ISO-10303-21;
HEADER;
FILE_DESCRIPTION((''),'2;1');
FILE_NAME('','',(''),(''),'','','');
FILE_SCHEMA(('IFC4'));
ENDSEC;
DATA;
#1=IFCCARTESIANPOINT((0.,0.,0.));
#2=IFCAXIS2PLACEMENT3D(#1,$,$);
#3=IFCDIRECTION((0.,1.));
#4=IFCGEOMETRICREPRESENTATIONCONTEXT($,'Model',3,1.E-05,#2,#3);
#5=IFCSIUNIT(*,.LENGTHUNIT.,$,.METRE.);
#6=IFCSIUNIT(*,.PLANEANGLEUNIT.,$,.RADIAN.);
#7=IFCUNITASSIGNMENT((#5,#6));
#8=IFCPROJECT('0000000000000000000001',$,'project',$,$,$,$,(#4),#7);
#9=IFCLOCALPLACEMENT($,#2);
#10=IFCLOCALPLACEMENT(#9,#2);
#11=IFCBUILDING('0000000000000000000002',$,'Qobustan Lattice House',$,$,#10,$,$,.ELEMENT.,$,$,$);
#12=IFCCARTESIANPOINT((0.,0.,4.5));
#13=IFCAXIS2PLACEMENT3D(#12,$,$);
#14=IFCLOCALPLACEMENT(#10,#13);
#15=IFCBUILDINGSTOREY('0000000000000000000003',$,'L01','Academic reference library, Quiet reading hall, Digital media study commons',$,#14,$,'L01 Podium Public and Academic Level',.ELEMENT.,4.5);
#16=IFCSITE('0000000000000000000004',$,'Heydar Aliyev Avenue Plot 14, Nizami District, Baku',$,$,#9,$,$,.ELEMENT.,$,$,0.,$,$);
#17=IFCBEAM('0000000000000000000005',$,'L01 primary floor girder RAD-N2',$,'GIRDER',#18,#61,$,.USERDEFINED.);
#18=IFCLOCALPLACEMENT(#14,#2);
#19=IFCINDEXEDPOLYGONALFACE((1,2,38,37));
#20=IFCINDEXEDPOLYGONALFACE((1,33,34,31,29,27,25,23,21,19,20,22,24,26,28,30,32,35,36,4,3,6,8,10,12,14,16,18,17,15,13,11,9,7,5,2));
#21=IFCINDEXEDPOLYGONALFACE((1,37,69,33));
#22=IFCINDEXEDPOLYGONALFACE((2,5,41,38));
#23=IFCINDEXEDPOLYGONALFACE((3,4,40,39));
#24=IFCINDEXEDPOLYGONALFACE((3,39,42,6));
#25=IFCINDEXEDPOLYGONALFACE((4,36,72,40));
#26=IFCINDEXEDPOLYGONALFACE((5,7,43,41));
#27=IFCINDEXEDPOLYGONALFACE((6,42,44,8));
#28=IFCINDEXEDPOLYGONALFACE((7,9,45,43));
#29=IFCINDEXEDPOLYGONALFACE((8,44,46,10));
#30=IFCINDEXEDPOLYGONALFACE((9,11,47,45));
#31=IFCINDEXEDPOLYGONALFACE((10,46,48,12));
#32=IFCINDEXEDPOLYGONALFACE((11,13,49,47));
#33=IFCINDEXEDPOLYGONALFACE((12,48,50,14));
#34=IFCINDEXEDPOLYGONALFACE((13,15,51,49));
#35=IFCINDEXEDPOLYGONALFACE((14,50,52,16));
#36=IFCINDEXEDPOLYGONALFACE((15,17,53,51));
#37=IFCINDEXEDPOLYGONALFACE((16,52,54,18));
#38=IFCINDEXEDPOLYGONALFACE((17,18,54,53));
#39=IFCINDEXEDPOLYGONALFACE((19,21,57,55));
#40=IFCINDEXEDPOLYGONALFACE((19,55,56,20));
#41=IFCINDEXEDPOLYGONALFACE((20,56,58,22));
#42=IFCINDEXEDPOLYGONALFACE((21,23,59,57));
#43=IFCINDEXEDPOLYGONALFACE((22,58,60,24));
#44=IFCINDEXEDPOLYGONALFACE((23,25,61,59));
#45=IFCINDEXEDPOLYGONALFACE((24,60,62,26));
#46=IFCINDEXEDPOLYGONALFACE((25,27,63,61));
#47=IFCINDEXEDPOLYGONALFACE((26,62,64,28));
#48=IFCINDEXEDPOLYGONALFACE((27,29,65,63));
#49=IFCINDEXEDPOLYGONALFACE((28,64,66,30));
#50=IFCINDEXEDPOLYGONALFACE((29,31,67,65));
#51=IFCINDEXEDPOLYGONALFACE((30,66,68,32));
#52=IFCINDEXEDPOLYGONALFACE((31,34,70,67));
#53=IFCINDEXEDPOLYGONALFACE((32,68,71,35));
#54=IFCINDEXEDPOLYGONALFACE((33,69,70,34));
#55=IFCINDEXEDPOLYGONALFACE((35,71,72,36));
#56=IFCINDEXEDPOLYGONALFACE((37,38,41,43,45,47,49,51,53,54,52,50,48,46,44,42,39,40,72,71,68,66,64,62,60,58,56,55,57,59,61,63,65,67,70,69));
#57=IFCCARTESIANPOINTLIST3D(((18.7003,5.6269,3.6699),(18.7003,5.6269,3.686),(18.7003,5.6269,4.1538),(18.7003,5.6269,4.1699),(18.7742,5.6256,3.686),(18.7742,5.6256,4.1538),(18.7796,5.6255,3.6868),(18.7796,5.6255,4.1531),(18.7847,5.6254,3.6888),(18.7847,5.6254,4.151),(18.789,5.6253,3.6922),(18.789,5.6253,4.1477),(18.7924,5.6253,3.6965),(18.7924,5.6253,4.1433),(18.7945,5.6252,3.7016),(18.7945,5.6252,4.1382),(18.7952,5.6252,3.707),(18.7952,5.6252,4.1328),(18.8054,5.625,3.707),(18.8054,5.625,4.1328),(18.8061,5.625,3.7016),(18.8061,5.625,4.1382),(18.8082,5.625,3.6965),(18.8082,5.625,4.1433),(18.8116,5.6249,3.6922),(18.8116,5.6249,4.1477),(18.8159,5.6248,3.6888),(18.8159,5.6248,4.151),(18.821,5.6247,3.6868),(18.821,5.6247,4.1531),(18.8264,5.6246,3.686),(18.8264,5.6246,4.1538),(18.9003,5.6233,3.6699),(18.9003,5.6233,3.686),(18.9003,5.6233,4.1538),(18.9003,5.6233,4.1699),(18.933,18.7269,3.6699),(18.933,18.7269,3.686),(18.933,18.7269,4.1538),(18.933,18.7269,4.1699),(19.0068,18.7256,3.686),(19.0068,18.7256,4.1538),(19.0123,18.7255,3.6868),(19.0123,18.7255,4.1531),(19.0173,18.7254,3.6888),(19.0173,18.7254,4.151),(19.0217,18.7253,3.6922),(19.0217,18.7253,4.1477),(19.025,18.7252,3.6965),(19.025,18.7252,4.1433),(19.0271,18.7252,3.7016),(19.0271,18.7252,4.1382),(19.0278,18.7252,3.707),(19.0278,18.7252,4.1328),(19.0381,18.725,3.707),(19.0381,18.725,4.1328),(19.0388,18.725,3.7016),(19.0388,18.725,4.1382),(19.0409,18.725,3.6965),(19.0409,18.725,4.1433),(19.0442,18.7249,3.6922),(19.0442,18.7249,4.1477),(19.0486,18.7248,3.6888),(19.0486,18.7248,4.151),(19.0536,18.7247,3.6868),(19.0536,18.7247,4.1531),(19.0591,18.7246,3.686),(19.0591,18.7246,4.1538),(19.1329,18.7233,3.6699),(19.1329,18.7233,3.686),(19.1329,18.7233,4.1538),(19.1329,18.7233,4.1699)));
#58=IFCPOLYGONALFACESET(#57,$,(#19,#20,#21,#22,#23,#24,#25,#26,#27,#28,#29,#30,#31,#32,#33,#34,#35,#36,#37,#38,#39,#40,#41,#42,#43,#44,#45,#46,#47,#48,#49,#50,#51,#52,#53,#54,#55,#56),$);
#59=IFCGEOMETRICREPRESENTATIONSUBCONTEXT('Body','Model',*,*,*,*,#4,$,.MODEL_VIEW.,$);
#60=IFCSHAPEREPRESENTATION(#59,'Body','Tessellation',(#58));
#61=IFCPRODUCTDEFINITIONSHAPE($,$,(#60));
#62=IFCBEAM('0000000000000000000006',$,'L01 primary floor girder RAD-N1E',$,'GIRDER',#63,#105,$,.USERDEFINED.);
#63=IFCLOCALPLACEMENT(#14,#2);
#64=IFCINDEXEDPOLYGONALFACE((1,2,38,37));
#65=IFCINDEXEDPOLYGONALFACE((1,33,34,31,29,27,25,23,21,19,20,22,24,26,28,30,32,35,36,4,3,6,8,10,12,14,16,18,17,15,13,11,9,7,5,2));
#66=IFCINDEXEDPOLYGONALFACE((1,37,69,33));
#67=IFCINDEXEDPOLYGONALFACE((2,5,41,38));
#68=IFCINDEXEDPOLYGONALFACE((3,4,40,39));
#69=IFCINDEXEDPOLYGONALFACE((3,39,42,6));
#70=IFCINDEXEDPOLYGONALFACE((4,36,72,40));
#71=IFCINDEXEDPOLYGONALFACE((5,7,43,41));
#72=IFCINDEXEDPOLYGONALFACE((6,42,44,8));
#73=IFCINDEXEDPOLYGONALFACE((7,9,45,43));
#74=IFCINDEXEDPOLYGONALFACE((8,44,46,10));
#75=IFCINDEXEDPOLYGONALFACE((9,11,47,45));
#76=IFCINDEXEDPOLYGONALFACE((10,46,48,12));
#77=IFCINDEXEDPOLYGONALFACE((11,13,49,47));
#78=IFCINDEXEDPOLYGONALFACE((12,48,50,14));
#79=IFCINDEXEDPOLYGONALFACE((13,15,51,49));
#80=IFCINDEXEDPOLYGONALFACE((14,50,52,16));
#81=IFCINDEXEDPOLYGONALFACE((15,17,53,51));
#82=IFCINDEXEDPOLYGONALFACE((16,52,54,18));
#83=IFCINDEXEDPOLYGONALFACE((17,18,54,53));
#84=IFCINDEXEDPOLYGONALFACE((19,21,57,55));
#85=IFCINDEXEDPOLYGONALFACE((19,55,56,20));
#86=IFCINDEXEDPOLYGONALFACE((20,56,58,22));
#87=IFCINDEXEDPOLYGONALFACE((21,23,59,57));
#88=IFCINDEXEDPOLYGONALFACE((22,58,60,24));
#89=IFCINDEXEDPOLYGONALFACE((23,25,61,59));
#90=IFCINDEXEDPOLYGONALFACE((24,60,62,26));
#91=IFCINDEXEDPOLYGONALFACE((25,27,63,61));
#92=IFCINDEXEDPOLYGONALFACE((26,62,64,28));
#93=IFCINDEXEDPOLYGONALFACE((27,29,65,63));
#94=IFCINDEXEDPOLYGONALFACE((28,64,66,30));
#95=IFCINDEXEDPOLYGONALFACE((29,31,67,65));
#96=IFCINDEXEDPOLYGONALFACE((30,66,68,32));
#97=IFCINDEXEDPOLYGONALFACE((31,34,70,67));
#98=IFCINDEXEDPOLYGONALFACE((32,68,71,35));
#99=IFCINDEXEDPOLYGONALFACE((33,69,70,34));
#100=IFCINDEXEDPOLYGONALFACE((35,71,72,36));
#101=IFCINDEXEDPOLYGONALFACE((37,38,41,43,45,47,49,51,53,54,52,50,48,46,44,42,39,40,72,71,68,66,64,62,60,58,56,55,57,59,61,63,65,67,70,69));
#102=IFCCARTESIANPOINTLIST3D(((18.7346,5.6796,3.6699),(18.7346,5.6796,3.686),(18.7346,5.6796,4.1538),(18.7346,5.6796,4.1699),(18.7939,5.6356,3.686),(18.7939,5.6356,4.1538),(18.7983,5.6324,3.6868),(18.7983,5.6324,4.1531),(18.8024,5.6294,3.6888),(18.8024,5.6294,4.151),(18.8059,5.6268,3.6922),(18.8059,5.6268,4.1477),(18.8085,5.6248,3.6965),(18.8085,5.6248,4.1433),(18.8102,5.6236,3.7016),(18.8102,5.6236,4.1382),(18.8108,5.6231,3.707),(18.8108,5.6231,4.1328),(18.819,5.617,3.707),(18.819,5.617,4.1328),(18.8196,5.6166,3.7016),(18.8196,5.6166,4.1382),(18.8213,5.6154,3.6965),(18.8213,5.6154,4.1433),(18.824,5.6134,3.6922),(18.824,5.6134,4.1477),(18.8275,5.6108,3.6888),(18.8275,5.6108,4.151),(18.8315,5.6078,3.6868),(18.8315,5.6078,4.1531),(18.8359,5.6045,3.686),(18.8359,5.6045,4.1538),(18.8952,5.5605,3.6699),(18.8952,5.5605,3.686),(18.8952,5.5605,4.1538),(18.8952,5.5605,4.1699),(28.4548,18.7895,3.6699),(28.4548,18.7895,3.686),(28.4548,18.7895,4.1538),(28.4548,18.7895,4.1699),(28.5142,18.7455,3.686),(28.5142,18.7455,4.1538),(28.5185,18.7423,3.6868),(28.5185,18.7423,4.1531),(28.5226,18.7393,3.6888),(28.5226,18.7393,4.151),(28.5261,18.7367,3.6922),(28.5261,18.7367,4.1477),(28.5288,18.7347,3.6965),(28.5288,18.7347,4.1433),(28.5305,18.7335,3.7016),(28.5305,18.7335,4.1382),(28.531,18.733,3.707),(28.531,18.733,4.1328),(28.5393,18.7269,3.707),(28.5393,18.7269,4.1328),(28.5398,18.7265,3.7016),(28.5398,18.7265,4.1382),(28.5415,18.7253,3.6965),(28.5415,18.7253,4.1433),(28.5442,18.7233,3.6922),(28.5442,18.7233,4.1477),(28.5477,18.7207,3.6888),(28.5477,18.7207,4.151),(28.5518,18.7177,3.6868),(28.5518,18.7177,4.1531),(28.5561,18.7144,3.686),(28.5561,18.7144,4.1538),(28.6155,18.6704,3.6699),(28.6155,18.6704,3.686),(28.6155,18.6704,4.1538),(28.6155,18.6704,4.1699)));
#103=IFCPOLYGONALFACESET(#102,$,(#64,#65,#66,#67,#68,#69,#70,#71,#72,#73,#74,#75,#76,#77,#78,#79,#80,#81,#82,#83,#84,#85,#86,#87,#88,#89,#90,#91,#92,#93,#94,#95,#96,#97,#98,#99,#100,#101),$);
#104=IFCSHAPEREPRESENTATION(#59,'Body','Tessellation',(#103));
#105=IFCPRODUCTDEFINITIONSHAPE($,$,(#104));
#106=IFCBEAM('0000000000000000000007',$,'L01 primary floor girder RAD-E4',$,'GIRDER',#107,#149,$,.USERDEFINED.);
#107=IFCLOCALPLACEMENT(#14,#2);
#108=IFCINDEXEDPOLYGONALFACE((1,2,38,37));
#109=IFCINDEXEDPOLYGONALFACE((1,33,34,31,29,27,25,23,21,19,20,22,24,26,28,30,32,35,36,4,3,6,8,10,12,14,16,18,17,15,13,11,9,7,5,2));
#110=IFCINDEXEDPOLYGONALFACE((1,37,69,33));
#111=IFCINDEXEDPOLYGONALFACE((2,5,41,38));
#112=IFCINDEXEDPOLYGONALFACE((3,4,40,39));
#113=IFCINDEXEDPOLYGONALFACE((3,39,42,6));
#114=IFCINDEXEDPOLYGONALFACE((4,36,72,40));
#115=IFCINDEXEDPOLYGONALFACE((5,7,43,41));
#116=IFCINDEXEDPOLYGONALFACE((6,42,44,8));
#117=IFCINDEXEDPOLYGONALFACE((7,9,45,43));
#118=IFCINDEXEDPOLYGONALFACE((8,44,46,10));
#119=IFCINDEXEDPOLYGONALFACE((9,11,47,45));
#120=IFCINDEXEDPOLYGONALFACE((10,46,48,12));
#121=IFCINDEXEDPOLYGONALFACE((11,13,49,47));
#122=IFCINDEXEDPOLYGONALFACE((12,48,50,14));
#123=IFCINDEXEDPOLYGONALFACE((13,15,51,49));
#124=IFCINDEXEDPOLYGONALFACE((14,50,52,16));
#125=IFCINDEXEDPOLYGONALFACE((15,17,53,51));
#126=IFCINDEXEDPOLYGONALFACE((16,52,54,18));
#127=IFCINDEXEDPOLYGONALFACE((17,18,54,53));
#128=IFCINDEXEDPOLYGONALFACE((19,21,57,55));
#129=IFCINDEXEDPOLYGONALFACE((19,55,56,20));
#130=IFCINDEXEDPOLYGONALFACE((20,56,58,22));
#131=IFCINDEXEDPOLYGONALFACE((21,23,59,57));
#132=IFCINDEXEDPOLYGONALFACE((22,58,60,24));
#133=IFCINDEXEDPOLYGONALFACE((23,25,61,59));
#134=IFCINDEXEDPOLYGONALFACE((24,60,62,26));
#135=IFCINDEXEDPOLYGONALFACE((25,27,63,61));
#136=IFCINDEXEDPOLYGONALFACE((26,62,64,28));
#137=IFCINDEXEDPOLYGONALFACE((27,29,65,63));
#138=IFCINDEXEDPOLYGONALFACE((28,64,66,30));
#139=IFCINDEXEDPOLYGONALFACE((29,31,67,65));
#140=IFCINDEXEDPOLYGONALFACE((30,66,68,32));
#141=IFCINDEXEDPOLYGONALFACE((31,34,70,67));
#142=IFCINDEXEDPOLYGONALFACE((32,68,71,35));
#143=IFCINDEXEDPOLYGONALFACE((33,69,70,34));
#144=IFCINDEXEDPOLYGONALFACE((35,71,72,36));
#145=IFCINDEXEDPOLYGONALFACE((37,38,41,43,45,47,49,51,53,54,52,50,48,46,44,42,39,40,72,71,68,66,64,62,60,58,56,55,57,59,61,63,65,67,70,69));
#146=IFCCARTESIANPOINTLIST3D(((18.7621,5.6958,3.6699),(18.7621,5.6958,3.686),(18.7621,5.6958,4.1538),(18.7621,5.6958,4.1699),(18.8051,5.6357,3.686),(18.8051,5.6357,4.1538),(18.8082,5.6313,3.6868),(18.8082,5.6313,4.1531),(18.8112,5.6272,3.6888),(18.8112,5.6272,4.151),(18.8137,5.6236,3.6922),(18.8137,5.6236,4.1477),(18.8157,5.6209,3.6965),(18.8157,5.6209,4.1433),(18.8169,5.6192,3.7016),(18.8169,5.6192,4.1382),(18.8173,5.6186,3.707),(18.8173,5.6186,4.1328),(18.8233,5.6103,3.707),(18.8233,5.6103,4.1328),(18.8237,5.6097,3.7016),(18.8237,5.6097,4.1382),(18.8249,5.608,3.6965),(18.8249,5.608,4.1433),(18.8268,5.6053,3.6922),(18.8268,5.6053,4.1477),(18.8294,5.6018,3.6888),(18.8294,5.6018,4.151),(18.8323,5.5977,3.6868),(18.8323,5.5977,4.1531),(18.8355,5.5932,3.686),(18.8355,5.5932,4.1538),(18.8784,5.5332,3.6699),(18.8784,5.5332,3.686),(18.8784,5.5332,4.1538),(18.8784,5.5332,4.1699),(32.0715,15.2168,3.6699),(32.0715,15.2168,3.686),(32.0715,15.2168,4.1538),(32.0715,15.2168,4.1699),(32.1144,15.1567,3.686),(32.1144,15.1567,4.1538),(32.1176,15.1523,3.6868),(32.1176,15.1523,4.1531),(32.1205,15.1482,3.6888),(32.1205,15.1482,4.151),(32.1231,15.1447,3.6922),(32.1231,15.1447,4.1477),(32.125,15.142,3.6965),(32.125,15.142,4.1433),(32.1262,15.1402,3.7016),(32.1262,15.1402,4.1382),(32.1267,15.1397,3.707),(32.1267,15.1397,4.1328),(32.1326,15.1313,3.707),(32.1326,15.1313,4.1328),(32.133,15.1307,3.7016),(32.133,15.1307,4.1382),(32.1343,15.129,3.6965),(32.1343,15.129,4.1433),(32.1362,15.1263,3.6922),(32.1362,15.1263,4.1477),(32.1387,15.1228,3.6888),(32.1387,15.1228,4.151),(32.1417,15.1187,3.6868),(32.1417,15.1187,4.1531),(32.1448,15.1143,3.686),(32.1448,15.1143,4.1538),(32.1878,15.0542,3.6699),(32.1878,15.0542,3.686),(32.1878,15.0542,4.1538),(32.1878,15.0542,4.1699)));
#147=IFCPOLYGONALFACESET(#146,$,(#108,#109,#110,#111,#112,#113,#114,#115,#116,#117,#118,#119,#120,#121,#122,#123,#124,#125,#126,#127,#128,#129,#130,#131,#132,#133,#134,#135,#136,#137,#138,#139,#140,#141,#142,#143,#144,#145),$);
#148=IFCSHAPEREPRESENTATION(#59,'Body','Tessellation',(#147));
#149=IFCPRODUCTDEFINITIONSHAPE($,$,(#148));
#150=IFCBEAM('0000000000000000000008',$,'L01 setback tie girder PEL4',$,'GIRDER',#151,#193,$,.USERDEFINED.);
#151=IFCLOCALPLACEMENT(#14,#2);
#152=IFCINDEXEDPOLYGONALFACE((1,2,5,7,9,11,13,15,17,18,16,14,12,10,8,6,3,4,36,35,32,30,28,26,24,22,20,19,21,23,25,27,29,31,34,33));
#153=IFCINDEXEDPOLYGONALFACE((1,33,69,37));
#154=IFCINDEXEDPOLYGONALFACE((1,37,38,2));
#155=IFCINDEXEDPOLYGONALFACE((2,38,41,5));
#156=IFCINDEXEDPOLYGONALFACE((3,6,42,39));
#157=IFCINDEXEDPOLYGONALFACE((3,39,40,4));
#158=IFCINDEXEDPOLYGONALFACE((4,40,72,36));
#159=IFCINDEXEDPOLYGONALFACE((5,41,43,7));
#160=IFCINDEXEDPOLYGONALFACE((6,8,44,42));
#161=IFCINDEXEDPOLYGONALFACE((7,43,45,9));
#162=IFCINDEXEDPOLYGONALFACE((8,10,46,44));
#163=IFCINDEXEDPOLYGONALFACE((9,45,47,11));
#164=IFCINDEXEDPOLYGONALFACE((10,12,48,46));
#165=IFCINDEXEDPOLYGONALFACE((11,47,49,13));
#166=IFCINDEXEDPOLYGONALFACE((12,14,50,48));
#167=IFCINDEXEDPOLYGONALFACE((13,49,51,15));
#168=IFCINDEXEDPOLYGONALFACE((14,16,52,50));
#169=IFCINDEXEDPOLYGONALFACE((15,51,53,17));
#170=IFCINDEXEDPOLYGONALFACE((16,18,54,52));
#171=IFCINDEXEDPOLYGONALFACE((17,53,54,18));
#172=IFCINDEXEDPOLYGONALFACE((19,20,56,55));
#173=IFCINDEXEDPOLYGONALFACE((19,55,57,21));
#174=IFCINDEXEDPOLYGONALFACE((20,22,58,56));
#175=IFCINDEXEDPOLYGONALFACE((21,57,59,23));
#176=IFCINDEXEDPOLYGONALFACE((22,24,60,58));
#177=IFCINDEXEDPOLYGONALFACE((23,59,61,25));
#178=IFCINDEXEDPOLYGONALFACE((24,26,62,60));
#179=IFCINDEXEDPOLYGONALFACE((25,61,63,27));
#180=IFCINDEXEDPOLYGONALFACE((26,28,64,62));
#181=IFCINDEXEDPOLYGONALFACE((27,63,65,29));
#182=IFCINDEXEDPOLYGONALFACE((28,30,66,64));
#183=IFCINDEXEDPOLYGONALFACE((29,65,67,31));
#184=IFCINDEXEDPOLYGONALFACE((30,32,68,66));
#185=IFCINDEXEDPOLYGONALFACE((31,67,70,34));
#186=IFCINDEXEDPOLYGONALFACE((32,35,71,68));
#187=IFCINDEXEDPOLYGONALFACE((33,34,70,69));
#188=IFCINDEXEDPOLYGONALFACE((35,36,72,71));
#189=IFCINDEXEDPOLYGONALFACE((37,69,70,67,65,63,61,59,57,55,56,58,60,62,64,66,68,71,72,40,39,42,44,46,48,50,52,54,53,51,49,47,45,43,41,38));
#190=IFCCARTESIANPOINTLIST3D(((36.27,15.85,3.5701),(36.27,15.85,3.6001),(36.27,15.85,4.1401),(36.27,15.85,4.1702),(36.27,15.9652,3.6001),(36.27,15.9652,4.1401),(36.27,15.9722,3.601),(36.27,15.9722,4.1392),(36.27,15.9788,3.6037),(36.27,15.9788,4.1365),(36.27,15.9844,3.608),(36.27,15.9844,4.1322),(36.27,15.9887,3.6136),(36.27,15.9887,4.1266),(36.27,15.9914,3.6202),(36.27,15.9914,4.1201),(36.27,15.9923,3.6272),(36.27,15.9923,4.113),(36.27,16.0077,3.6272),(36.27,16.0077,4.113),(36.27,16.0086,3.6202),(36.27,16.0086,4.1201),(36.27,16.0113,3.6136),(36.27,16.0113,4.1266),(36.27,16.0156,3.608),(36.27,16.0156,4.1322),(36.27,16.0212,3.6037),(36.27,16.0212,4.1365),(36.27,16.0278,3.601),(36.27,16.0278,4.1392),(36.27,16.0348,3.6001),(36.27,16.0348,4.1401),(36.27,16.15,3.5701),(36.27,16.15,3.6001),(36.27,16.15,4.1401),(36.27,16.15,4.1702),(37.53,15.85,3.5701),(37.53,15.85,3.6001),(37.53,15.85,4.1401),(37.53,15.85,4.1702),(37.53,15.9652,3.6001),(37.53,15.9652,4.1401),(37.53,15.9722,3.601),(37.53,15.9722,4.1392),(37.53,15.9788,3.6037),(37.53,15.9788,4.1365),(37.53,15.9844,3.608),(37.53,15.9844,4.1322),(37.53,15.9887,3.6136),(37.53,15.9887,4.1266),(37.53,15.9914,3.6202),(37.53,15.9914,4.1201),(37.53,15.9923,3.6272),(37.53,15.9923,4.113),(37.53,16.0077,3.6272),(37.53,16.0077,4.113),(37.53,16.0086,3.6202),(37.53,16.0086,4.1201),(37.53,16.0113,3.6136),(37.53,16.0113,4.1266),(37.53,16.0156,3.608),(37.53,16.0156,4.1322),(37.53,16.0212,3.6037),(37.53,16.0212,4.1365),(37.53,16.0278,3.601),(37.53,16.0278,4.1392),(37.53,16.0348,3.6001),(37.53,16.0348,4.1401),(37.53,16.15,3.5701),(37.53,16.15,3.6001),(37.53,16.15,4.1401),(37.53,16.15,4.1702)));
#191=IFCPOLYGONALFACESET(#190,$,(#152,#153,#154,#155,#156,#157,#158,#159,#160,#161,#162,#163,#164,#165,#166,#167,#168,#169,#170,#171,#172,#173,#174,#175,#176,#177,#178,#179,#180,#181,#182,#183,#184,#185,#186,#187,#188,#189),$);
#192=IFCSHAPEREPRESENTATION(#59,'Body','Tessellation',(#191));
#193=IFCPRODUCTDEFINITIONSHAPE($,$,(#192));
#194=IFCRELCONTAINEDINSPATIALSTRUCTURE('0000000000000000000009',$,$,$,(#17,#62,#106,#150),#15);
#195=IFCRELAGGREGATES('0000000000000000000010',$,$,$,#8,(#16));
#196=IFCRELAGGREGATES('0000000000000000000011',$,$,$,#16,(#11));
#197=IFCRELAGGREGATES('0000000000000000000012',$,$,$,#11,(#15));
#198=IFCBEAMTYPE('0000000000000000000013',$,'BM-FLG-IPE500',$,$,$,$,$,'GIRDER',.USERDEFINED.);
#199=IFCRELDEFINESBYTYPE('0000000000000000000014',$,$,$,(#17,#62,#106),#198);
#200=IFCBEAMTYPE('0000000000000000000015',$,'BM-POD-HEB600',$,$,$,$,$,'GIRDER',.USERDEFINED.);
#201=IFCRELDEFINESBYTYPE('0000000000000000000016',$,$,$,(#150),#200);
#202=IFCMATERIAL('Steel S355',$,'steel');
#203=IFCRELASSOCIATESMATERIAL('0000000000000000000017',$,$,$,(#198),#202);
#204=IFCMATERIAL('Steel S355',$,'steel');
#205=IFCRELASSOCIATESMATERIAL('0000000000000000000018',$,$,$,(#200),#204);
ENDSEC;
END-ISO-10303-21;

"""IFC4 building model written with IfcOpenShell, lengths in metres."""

from ifc_helpers import new_model, si_unit, direction, frame, origin, origin_2d, place, context, subcontext, project, spatial, i_section, extrude, material, material_profile, profile_set, type_object, element, save


model = new_model("IFC4")

# Units and contexts
model_context = context("Model", 3, precision=1e-05, world=origin(), true_north=direction((0.0, 1.0)))
body_context = subcontext(model_context, "Body", "Model", "MODEL_VIEW")
ifc_project = project(units=[si_unit("LENGTHUNIT", "METRE"), si_unit("PLANEANGLEUNIT", "RADIAN")], contexts=[model_context])

# Site, building, storey
site_placement = place(None, origin())
site = spatial("IfcSite", under=ifc_project, at=site_placement, Name="Heydar Aliyev Avenue Plot 14, Nizami District, Baku", CompositionType="ELEMENT", RefElevation=0.0)
building_placement = place(site_placement, origin())
building = spatial("IfcBuilding", under=site, at=building_placement, Name="Qobustan Lattice House", CompositionType="ELEMENT")
storey_placement = place(building_placement, frame((0.0, 0.0, 4.5)))
storey = spatial("IfcBuildingStorey", under=building, at=storey_placement, Name="L01", Description="Academic reference library, Quiet reading hall, Digital media study commons", LongName="L01 Podium Public and Academic Level", CompositionType="ELEMENT", Elevation=4.5)

# Beams
ifc_material_1 = material(Name="Steel S355", Category="steel")
ifc_material_profile_1 = material_profile(ifc_material_1, i_section(OverallWidth=0.2, OverallDepth=0.5, WebThickness=0.0103, FlangeThickness=0.0161, FilletRadius=0.021, at=origin_2d()), Name="IPE500")
ifc_profile_set_1 = profile_set([ifc_material_profile_1], Name="Steel S355")
beam_type_1 = type_object("IfcBeamType", Name="BM-FLG-IPE500", ElementType="GIRDER", PredefinedType="USERDEFINED", material=ifc_profile_set_1)
beam_1_placement = place(storey_placement, frame((19.033, 18.7251, 3.9199), z_axis=(-0.017758, -0.999842, 0.0), x_axis=(0.999842, -0.017758, 0.0)))
element("IfcBeam", 1, at=beam_1_placement, inside=storey, type_object=beam_type_1, Name="L01 primary floor girder RAD-N2", ObjectType="GIRDER", PredefinedType="USERDEFINED", context=body_context, shape_type="SweptSolid", body=[
    extrude(i_section(OverallWidth=0.2, OverallDepth=0.5, WebThickness=0.0103, FlangeThickness=0.0161, FilletRadius=0.021, at=origin_2d()), origin(), (0.0, 0.0, 1.0), 13.1021),
])
beam_2_placement = place(storey_placement, frame((28.5352, 18.73, 3.9199), z_axis=(-0.595592, -0.803287, 0.0), x_axis=(0.803287, -0.595592, 0.0)))
element("IfcBeam", 2, at=beam_2_placement, inside=storey, type_object=beam_type_1, Name="L01 primary floor girder RAD-N1E", ObjectType="GIRDER", PredefinedType="USERDEFINED", context=body_context, shape_type="SweptSolid", body=[
    extrude(i_section(OverallWidth=0.2, OverallDepth=0.5, WebThickness=0.0103, FlangeThickness=0.0161, FilletRadius=0.021, at=origin_2d()), origin(), (0.0, 0.0, 1.0), 16.3203),
])
beam_3_placement = place(storey_placement, frame((32.1296, 15.1355, 3.9199), z_axis=(-0.813319, -0.581818, 0.0), x_axis=(0.581818, -0.813319, 0.0)))
element("IfcBeam", 3, at=beam_3_placement, inside=storey, type_object=beam_type_1, Name="L01 primary floor girder RAD-E4", ObjectType="GIRDER", PredefinedType="USERDEFINED", context=body_context, shape_type="SweptSolid", body=[
    extrude(i_section(OverallWidth=0.2, OverallDepth=0.5, WebThickness=0.0103, FlangeThickness=0.0161, FilletRadius=0.021, at=origin_2d()), origin(), (0.0, 0.0, 1.0), 16.3643),
])
ifc_material_2 = material(Name="Steel S355", Category="steel")
ifc_material_profile_2 = material_profile(ifc_material_2, i_section(OverallWidth=0.3, OverallDepth=0.6001, WebThickness=0.0154, FlangeThickness=0.03, FilletRadius=0.0271, at=origin_2d()), Name="HEB600")
ifc_profile_set_2 = profile_set([ifc_material_profile_2], Name="Steel S355")
beam_type_2 = type_object("IfcBeamType", Name="BM-POD-HEB600", ElementType="GIRDER", PredefinedType="USERDEFINED", material=ifc_profile_set_2)
beam_4_placement = place(storey_placement, frame((37.53, 16.0, 3.8701), z_axis=(-1.0, 0.0, 0.0), x_axis=(0.0, -1.0, 0.0)))
element("IfcBeam", 4, at=beam_4_placement, inside=storey, type_object=beam_type_2, Name="L01 setback tie girder PEL4", ObjectType="GIRDER", PredefinedType="USERDEFINED", context=body_context, shape_type="SweptSolid", body=[
    extrude(i_section(OverallWidth=0.3, OverallDepth=0.6001, WebThickness=0.0154, FlangeThickness=0.03, FilletRadius=0.0271, at=origin_2d()), origin(), (0.0, 0.0, 1.0), 1.26),
])

save(model, "model.ifc")
